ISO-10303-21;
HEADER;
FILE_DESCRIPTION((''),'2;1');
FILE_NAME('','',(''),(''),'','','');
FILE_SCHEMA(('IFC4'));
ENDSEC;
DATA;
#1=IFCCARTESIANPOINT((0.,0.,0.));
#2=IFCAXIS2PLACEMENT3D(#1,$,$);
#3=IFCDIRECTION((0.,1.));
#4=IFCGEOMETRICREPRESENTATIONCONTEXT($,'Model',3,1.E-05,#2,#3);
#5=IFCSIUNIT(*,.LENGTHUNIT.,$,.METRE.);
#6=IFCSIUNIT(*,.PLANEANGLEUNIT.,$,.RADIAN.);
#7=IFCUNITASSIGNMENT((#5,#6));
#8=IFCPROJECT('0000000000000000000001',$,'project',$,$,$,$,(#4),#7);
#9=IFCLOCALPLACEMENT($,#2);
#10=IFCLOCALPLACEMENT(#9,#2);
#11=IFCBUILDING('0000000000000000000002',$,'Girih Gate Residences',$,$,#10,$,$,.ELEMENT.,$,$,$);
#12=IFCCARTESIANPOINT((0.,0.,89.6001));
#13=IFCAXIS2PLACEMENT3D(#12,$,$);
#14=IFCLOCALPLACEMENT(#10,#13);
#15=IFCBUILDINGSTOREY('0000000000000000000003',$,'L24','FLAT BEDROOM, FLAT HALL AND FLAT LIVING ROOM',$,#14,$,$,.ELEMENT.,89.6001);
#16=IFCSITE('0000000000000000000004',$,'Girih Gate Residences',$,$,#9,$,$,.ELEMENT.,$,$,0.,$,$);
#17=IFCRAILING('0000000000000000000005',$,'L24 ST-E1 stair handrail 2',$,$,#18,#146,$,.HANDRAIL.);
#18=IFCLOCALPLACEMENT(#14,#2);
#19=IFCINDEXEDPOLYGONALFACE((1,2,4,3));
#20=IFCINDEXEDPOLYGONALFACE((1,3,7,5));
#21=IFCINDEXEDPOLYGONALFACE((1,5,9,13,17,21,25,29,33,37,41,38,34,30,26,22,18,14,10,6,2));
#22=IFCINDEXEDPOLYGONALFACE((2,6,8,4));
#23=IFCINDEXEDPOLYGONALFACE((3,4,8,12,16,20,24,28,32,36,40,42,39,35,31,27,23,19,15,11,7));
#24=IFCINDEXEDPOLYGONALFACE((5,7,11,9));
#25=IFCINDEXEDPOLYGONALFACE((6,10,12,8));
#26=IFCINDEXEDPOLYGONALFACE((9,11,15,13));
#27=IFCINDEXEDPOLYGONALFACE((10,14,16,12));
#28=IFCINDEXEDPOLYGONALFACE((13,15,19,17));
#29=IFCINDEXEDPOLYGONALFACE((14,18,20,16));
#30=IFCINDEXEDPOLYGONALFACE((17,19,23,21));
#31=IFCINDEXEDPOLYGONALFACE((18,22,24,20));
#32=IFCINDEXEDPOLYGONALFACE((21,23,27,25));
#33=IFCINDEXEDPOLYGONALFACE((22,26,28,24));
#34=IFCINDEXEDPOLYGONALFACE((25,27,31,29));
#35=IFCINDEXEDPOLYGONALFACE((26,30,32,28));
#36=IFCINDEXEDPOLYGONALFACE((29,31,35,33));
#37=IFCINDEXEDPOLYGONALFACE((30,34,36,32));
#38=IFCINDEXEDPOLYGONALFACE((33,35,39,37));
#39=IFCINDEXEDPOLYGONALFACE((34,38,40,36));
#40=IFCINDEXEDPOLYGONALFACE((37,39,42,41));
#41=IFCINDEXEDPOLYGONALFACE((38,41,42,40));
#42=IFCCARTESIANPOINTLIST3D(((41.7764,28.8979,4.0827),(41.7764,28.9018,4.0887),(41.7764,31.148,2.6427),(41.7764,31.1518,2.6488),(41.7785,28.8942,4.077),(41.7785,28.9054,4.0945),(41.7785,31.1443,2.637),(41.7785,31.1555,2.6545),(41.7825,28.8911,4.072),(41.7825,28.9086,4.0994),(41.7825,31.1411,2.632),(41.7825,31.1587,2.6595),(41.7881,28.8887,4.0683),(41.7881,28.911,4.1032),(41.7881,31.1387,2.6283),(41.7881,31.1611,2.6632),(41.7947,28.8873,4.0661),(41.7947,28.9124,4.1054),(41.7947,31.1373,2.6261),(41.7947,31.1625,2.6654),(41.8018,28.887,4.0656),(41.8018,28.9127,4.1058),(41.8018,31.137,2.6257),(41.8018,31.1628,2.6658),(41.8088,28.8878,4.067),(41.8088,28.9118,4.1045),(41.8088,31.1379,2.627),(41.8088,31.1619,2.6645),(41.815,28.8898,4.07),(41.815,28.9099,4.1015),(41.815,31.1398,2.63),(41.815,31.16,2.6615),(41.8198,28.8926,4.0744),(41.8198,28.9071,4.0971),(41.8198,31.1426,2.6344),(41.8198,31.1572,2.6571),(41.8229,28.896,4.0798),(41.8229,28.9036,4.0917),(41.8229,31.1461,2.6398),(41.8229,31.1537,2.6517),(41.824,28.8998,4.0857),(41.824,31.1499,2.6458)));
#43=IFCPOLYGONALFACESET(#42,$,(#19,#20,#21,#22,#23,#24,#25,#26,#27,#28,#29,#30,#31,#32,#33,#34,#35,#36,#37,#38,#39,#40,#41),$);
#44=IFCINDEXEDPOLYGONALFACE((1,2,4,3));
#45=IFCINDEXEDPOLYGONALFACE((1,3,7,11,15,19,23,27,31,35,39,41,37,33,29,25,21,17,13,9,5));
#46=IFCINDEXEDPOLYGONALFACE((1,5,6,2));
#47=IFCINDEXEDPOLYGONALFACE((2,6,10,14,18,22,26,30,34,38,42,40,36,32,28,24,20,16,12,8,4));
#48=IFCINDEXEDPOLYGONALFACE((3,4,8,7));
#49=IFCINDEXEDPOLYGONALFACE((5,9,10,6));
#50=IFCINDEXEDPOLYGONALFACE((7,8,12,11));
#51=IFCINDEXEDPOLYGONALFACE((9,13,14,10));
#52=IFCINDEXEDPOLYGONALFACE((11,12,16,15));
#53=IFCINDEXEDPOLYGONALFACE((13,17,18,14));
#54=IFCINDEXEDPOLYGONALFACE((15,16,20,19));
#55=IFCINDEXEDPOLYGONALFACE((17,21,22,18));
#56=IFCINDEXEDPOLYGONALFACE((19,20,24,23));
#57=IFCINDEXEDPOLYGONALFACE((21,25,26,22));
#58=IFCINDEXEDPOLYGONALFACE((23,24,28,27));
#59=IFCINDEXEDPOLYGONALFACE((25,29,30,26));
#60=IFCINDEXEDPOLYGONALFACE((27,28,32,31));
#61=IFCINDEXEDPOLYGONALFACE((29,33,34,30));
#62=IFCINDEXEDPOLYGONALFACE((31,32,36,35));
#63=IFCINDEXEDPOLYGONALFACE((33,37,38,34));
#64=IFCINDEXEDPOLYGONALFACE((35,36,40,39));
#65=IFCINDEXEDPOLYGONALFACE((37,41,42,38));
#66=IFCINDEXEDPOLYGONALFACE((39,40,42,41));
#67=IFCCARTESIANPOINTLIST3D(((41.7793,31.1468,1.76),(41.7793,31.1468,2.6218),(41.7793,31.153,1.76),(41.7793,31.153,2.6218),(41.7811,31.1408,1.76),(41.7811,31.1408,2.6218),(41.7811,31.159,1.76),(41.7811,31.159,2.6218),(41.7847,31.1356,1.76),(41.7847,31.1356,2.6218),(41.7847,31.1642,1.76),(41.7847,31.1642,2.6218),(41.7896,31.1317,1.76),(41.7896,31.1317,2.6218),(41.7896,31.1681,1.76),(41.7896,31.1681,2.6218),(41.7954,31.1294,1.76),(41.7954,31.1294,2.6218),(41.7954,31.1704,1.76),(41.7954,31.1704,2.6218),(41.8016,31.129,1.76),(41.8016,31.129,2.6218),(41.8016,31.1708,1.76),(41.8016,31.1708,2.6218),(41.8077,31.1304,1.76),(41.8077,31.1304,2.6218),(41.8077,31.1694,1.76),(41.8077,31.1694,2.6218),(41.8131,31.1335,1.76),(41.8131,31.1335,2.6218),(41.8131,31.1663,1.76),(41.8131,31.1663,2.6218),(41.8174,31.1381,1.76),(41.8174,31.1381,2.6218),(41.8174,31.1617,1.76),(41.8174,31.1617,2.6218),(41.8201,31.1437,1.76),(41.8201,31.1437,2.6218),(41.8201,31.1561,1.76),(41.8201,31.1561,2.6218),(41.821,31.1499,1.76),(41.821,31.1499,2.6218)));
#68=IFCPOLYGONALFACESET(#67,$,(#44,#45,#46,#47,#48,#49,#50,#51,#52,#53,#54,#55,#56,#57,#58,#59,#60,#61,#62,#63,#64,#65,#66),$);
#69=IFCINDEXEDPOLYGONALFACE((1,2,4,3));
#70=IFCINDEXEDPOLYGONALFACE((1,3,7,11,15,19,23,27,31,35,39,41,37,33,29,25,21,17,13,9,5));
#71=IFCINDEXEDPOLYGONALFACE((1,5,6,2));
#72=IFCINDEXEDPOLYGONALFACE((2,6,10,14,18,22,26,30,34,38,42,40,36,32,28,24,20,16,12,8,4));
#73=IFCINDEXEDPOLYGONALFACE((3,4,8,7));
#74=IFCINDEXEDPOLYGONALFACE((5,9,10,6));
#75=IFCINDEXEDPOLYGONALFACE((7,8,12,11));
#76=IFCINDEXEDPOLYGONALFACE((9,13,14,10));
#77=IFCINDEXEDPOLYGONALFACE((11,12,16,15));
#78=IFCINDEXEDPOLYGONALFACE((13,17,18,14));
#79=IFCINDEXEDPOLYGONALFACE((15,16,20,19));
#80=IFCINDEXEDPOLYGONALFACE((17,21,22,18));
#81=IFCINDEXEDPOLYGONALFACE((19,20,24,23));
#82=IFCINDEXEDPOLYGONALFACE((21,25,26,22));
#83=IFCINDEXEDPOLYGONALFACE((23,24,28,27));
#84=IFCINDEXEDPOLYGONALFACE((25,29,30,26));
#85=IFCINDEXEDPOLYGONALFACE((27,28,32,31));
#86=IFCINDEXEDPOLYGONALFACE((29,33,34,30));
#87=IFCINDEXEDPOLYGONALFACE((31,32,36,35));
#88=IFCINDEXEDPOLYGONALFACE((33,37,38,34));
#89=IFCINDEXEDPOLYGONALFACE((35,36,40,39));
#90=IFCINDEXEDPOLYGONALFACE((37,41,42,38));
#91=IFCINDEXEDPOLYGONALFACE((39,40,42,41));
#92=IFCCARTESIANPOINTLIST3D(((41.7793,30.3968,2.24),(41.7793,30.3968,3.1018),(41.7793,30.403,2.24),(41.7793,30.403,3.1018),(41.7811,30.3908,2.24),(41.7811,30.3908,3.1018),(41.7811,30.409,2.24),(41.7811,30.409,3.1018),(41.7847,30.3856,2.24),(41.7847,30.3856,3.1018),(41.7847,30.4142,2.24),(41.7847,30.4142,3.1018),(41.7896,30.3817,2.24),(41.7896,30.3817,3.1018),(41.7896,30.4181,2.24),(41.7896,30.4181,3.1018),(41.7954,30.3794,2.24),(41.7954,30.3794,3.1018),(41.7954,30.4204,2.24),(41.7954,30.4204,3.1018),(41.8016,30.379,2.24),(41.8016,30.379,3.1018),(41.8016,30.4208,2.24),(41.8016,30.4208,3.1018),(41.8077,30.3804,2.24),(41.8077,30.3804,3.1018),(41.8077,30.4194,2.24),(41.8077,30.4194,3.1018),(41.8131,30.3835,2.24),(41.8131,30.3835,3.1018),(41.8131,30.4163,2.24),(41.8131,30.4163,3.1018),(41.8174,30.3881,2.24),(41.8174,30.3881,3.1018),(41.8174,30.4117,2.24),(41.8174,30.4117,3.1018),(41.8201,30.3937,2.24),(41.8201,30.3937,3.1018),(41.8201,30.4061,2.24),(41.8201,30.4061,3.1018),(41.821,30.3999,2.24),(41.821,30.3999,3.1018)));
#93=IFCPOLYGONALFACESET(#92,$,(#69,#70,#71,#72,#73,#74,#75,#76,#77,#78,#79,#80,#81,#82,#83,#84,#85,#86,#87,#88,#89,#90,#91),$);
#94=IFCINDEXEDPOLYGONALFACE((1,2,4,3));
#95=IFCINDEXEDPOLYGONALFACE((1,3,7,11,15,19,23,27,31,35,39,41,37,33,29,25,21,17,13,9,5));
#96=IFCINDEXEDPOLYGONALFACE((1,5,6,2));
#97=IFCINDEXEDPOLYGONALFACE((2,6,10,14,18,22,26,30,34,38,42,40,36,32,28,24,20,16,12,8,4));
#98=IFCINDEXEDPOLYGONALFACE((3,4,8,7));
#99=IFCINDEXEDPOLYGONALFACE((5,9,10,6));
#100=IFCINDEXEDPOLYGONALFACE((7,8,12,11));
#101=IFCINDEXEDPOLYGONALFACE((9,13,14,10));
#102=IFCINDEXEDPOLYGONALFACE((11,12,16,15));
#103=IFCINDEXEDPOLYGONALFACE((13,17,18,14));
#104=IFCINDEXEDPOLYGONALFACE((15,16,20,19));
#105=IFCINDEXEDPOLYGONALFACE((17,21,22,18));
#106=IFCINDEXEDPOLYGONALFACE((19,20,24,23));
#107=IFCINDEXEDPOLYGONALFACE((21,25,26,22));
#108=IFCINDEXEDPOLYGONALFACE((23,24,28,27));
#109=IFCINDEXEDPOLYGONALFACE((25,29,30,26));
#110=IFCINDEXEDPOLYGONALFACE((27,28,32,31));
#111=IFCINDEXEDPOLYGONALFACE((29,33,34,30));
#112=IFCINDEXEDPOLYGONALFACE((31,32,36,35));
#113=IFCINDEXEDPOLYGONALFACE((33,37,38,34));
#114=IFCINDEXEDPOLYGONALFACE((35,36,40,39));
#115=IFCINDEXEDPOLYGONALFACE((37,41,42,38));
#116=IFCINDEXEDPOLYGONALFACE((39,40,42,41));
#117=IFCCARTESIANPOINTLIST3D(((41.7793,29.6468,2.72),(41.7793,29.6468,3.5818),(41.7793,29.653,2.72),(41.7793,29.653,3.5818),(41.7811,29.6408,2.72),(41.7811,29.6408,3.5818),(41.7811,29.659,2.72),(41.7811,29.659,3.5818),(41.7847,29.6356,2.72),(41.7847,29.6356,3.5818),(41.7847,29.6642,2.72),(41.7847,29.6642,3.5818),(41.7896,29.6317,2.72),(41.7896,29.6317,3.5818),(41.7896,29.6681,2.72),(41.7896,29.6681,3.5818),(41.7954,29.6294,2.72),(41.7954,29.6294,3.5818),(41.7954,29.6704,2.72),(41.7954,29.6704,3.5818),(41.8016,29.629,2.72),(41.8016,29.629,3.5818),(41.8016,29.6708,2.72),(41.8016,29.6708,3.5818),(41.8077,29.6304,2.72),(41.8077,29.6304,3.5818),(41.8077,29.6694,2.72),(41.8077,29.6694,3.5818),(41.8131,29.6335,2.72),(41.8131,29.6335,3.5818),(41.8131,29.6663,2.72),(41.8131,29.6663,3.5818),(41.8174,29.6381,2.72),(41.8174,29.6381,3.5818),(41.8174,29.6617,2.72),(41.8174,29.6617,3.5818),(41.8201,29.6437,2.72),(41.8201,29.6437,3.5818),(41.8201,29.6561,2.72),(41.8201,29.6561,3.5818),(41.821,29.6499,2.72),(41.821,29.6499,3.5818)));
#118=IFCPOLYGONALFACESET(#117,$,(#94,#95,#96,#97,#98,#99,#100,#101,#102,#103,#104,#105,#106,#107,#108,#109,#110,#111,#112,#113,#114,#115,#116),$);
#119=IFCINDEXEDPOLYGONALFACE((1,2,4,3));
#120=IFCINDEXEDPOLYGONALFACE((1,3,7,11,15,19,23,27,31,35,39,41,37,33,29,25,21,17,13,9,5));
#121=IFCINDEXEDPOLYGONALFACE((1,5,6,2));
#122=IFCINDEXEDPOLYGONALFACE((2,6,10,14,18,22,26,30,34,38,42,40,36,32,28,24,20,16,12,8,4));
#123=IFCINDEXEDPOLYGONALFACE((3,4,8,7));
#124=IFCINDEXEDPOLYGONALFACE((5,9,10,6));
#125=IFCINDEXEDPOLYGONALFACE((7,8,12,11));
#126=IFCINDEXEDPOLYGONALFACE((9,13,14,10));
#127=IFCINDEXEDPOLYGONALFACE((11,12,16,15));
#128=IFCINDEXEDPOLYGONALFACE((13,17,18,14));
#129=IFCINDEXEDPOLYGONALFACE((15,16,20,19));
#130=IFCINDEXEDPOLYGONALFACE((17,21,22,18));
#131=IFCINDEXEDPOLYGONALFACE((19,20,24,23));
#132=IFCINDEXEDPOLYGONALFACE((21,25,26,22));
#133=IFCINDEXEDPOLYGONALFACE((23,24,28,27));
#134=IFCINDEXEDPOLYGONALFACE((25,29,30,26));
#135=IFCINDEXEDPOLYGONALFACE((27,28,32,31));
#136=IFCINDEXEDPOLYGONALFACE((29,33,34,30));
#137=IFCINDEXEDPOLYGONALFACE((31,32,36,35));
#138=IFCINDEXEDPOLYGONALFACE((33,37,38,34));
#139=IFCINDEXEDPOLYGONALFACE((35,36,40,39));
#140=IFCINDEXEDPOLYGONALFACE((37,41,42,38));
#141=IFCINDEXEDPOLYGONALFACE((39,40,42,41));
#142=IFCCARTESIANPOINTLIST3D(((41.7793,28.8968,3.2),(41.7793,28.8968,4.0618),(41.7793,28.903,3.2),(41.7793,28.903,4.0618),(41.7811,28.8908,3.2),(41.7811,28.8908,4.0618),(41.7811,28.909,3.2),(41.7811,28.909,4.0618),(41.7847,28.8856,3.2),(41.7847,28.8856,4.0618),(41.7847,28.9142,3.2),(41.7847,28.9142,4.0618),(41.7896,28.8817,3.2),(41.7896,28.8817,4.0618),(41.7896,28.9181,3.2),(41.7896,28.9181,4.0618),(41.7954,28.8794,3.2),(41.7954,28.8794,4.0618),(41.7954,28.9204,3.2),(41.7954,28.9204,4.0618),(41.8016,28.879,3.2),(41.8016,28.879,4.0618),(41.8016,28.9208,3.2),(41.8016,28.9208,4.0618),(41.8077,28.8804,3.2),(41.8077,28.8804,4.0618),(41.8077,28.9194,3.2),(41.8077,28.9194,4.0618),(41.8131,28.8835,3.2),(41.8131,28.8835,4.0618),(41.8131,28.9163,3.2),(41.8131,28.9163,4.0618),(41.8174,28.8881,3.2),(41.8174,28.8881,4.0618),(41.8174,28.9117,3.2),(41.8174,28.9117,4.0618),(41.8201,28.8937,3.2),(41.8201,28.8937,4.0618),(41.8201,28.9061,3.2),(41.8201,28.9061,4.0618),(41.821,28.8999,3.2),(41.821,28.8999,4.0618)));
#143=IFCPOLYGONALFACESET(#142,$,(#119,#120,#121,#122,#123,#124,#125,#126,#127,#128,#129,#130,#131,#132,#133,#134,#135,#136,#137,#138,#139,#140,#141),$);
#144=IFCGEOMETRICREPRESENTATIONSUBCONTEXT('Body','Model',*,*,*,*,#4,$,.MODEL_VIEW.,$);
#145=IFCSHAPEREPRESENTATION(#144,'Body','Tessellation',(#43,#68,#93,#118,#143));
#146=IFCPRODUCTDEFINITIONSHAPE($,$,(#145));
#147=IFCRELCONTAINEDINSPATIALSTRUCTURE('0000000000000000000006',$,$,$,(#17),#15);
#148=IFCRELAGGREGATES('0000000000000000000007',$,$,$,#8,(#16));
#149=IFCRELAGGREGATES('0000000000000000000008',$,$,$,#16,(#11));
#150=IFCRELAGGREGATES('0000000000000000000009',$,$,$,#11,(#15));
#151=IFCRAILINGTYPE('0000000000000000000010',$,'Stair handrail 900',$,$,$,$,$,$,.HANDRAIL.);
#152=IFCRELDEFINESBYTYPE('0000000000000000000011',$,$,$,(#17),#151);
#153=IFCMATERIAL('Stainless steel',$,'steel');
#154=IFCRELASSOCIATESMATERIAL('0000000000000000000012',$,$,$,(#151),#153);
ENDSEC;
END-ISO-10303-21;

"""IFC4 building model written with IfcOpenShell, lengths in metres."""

from ifc_helpers import new_model, si_unit, direction, frame, origin, origin_2d, place, context, subcontext, project, spatial, circle, extrude, material, type_object, element, save


model = new_model("IFC4")

# Units and contexts
model_context = context("Model", 3, precision=1e-05, world=origin(), true_north=direction((0.0, 1.0)))
body_context = subcontext(model_context, "Body", "Model", "MODEL_VIEW")
ifc_project = project(units=[si_unit("LENGTHUNIT", "METRE"), si_unit("PLANEANGLEUNIT", "RADIAN")], contexts=[model_context])

# Site, building, storey
site_placement = place(None, origin())
site = spatial("IfcSite", under=ifc_project, at=site_placement, Name="Girih Gate Residences", CompositionType="ELEMENT", RefElevation=0.0)
building_placement = place(site_placement, origin())
building = spatial("IfcBuilding", under=site, at=building_placement, Name="Girih Gate Residences", CompositionType="ELEMENT")
storey_placement = place(building_placement, frame((0.0, 0.0, 89.6001)))
storey = spatial("IfcBuildingStorey", under=building, at=storey_placement, Name="L24", Description="FLAT BEDROOM, FLAT HALL AND FLAT LIVING ROOM", CompositionType="ELEMENT", Elevation=89.6001)

# Railing
ifc_material_1 = material(Name="Stainless steel", Category="steel")
railing_type_1 = type_object("IfcRailingType", Name="Stair handrail 900", PredefinedType="HANDRAIL", material=ifc_material_1)
railing_1_placement = place(storey_placement, frame((41.8, 31.1499, 1.76)))
element("IfcRailing", 1, at=railing_1_placement, inside=storey, type_object=railing_type_1, Name="L24 ST-E1 stair handrail 2", PredefinedType="HANDRAIL", context=body_context, shape_type="SweptSolid", body=[
    extrude(circle(Radius=0.0239, at=origin_2d()), frame((0.0, 0.0, 0.8857), z_axis=(0.0, -0.842281, 0.539038), x_axis=(1.0, 0.0, 0.0)), (0.0, 0.0, 1.0), 2.6714),
    extrude(circle(Radius=0.021, at=origin_2d()), origin(), (0.0, 0.0, 1.0), 0.8618),
    extrude(circle(Radius=0.021, at=origin_2d()), frame((0.0, -0.75, 0.48)), (0.0, 0.0, 1.0), 0.8618),
    extrude(circle(Radius=0.021, at=origin_2d()), frame((0.0, -1.5, 0.96)), (0.0, 0.0, 1.0), 0.8618),
    extrude(circle(Radius=0.021, at=origin_2d()), frame((0.0, -2.25, 1.4399)), (0.0, 0.0, 1.0), 0.8618),
])

save(model, "model.ifc")
